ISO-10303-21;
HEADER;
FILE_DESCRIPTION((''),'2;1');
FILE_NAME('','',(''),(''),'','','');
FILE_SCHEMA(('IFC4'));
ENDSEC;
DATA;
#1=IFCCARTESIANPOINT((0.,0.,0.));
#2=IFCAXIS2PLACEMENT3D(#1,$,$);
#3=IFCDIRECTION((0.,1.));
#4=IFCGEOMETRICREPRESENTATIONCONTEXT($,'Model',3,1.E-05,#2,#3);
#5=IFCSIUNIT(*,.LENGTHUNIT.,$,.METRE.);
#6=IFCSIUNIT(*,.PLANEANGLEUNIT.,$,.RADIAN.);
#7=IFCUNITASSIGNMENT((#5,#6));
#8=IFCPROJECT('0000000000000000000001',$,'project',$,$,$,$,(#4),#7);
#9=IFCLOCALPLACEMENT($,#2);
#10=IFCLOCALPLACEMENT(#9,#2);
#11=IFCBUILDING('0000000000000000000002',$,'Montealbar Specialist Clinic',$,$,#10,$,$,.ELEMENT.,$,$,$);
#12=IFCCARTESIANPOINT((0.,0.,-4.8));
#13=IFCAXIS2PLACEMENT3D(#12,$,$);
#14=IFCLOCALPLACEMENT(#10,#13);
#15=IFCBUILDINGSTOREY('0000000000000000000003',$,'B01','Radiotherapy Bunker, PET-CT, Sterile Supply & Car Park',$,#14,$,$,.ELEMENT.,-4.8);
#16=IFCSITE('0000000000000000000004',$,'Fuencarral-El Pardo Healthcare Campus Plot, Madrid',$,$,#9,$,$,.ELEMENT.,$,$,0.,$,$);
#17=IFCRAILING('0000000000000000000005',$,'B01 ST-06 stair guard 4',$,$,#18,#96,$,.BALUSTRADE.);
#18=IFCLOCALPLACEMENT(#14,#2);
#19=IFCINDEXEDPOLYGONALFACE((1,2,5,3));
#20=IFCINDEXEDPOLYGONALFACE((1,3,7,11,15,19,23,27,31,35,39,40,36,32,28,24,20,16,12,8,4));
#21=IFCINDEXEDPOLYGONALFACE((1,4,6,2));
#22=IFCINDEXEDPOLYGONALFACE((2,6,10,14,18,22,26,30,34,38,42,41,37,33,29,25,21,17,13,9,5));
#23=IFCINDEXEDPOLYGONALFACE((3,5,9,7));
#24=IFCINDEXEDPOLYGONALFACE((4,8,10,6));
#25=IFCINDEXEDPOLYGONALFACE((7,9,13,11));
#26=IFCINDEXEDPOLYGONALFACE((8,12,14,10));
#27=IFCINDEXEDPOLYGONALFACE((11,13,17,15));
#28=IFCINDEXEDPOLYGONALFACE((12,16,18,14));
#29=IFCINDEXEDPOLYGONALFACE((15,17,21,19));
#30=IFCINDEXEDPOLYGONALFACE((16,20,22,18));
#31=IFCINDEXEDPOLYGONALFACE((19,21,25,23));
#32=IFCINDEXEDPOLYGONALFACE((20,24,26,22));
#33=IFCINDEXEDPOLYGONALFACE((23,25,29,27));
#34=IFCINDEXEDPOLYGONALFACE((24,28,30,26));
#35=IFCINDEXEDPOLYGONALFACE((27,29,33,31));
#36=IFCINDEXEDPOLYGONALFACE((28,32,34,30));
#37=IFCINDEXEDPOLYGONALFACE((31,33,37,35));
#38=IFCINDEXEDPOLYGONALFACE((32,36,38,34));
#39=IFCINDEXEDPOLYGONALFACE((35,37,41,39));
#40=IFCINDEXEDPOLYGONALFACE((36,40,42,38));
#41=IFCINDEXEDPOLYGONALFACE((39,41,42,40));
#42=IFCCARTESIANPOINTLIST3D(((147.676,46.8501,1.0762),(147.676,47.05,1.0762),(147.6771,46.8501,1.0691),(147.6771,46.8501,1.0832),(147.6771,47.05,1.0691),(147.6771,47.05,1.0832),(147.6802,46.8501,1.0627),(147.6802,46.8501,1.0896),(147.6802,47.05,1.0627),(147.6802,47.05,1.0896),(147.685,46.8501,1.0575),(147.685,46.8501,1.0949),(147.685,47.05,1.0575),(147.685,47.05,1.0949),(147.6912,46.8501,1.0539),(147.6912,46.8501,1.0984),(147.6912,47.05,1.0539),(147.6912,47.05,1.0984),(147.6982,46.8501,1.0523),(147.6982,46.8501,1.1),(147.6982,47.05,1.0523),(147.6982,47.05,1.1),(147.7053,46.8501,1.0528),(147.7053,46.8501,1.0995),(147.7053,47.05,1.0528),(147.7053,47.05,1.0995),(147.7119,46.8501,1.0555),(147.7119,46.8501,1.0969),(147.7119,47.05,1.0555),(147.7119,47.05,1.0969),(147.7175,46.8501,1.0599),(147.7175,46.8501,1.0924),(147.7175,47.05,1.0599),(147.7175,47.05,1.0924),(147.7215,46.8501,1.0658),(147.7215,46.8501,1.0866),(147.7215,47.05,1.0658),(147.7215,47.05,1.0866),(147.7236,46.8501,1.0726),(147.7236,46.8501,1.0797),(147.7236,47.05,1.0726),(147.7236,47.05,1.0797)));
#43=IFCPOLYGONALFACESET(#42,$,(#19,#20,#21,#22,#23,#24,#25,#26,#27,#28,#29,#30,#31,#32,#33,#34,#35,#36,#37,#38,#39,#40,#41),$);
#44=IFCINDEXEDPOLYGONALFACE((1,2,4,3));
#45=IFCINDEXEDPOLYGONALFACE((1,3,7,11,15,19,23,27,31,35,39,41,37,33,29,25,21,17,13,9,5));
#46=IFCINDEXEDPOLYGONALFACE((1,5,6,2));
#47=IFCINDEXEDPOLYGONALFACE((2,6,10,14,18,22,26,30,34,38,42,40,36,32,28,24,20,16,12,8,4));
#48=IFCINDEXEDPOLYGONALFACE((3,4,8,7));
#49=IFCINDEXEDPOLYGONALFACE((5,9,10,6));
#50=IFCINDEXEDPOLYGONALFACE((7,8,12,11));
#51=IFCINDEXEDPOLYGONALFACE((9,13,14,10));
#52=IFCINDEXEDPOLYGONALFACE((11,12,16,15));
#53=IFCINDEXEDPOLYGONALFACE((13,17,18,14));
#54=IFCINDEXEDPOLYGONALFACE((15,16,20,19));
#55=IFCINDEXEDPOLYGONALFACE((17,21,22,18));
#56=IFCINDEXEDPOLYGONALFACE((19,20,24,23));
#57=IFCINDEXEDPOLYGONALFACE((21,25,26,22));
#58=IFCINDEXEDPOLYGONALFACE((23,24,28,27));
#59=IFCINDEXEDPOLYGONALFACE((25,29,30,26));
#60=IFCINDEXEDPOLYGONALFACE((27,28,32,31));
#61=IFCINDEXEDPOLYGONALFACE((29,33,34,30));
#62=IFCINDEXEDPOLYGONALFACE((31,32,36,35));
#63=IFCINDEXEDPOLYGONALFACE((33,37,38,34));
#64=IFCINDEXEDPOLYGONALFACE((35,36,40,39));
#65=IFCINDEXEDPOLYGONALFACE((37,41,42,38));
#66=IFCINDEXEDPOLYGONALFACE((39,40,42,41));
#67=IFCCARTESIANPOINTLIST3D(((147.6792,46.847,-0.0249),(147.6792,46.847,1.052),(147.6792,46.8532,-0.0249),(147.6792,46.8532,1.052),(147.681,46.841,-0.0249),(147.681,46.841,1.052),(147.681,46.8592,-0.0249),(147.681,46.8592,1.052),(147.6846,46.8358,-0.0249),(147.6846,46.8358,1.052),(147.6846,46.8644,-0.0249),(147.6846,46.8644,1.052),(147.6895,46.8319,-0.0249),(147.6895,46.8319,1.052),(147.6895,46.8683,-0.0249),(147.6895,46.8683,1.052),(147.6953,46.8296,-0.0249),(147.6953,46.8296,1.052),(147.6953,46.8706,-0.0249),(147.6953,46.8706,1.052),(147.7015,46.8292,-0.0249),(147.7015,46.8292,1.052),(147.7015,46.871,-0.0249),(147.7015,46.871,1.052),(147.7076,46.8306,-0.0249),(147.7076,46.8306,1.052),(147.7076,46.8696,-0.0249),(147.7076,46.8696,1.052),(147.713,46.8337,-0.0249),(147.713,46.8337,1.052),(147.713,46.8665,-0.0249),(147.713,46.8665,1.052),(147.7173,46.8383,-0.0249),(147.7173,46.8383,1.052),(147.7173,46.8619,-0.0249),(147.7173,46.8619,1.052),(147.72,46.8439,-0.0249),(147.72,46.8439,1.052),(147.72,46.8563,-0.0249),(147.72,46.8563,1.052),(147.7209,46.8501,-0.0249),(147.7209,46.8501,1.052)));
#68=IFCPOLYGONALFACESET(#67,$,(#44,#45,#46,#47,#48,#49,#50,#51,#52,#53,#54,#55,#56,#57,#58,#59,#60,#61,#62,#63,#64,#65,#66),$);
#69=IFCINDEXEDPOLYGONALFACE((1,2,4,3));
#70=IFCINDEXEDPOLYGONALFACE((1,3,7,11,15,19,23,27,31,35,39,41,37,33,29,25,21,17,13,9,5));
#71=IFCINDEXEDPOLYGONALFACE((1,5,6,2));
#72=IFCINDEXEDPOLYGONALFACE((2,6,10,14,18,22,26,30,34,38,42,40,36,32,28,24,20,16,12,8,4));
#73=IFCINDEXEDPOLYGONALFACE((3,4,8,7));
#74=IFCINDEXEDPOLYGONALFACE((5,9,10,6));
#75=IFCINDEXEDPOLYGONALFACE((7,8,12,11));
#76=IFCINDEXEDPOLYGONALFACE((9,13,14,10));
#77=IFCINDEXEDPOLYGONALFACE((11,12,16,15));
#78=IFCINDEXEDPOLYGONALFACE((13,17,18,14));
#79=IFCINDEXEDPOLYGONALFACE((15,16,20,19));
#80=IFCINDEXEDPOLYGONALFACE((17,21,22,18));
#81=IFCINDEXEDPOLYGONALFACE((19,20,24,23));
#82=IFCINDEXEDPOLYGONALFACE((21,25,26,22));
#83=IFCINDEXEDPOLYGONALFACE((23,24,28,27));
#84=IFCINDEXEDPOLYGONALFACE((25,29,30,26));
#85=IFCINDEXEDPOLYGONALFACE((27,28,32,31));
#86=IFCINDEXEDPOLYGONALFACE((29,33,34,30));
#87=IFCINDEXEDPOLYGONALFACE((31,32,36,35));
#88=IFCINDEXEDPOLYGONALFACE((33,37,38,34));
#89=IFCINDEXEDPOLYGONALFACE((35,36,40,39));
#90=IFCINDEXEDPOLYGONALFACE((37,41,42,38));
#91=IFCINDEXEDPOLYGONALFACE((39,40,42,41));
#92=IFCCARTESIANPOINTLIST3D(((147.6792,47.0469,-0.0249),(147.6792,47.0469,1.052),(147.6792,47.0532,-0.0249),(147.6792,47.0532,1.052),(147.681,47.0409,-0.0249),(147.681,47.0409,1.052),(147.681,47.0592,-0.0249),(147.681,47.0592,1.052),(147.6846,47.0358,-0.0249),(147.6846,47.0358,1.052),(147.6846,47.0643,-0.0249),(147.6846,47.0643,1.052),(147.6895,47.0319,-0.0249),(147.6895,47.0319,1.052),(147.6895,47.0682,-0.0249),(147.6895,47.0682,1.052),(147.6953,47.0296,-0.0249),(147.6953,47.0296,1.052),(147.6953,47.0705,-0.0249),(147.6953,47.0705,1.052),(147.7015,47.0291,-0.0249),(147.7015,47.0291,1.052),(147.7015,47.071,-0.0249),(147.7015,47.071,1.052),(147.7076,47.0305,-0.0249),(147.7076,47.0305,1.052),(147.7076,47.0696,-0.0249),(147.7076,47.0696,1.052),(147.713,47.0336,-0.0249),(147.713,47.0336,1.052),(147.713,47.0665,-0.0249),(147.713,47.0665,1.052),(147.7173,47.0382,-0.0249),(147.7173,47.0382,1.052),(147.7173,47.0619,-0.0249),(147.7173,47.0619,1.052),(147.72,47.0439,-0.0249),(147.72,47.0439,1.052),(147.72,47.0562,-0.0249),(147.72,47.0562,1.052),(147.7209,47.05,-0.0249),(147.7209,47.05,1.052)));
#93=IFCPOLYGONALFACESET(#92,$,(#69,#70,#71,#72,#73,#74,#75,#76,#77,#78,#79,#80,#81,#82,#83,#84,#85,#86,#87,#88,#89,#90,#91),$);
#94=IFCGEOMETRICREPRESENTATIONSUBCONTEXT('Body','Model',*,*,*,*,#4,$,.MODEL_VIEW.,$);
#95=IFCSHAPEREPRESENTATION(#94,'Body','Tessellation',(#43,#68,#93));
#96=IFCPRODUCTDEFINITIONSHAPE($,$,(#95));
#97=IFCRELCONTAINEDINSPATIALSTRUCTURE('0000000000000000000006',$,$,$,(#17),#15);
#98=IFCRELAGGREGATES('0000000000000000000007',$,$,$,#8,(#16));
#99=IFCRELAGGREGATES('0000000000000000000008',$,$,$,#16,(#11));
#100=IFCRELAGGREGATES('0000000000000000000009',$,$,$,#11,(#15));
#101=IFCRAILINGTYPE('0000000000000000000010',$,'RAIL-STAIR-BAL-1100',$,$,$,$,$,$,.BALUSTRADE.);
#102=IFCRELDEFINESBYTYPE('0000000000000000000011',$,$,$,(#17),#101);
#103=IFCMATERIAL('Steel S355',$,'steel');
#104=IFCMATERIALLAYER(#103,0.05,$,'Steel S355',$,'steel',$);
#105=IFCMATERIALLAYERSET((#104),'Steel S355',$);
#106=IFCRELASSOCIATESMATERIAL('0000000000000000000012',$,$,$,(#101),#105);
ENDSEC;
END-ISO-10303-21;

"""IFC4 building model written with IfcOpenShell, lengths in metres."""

from ifc_helpers import new_model, si_unit, direction, frame, origin, origin_2d, place, context, subcontext, project, spatial, circle, extrude, material, layer, layer_set, type_object, element, save


model = new_model("IFC4")

# Units and contexts
model_context = context("Model", 3, precision=1e-05, world=origin(), true_north=direction((0.0, 1.0)))
body_context = subcontext(model_context, "Body", "Model", "MODEL_VIEW")
ifc_project = project(units=[si_unit("LENGTHUNIT", "METRE"), si_unit("PLANEANGLEUNIT", "RADIAN")], contexts=[model_context])

# Site, building, storey
site_placement = place(None, origin())
site = spatial("IfcSite", under=ifc_project, at=site_placement, Name="Fuencarral-El Pardo Healthcare Campus Plot, Madrid", CompositionType="ELEMENT", RefElevation=0.0)
building_placement = place(site_placement, origin())
building = spatial("IfcBuilding", under=site, at=building_placement, Name="Montealbar Specialist Clinic", CompositionType="ELEMENT")
storey_placement = place(building_placement, frame((0.0, 0.0, -4.8)))
storey = spatial("IfcBuildingStorey", under=building, at=storey_placement, Name="B01", Description="Radiotherapy Bunker, PET-CT, Sterile Supply & Car Park", CompositionType="ELEMENT", Elevation=-4.8)

# Shared definitions
ifc_material_1 = material(Name="Steel S355", Category="steel")

# Railing
ifc_layer_1 = layer(ifc_material_1, 0.05, Name="Steel S355", Category="steel")
ifc_layer_set_1 = layer_set([ifc_layer_1], Name="Steel S355")
railing_type_1 = type_object("IfcRailingType", Name="RAIL-STAIR-BAL-1100", PredefinedType="BALUSTRADE", material=ifc_layer_set_1)
railing_1_placement = place(storey_placement, frame((147.7, 46.8501, 0.0)))
element("IfcRailing", 1, at=railing_1_placement, inside=storey, type_object=railing_type_1, Name="B01 ST-06 stair guard 4", PredefinedType="BALUSTRADE", context=body_context, shape_type="SweptSolid", body=[
    extrude(circle(Radius=0.0239, at=origin_2d()), frame((0.0, 0.0, 1.0762), z_axis=(0.0, 1.0, 0.0), x_axis=(-1.0, 0.0, 0.0)), (0.0, 0.0, 1.0), 0.2),
    extrude(circle(Radius=0.021, at=origin_2d()), frame((0.0, 0.0, -0.0249)), (0.0, 0.0, 1.0), 1.0769),
    extrude(circle(Radius=0.021, at=origin_2d()), frame((0.0, 0.2, -0.0249)), (0.0, 0.0, 1.0), 1.0769),
])

save(model, "model.ifc")
